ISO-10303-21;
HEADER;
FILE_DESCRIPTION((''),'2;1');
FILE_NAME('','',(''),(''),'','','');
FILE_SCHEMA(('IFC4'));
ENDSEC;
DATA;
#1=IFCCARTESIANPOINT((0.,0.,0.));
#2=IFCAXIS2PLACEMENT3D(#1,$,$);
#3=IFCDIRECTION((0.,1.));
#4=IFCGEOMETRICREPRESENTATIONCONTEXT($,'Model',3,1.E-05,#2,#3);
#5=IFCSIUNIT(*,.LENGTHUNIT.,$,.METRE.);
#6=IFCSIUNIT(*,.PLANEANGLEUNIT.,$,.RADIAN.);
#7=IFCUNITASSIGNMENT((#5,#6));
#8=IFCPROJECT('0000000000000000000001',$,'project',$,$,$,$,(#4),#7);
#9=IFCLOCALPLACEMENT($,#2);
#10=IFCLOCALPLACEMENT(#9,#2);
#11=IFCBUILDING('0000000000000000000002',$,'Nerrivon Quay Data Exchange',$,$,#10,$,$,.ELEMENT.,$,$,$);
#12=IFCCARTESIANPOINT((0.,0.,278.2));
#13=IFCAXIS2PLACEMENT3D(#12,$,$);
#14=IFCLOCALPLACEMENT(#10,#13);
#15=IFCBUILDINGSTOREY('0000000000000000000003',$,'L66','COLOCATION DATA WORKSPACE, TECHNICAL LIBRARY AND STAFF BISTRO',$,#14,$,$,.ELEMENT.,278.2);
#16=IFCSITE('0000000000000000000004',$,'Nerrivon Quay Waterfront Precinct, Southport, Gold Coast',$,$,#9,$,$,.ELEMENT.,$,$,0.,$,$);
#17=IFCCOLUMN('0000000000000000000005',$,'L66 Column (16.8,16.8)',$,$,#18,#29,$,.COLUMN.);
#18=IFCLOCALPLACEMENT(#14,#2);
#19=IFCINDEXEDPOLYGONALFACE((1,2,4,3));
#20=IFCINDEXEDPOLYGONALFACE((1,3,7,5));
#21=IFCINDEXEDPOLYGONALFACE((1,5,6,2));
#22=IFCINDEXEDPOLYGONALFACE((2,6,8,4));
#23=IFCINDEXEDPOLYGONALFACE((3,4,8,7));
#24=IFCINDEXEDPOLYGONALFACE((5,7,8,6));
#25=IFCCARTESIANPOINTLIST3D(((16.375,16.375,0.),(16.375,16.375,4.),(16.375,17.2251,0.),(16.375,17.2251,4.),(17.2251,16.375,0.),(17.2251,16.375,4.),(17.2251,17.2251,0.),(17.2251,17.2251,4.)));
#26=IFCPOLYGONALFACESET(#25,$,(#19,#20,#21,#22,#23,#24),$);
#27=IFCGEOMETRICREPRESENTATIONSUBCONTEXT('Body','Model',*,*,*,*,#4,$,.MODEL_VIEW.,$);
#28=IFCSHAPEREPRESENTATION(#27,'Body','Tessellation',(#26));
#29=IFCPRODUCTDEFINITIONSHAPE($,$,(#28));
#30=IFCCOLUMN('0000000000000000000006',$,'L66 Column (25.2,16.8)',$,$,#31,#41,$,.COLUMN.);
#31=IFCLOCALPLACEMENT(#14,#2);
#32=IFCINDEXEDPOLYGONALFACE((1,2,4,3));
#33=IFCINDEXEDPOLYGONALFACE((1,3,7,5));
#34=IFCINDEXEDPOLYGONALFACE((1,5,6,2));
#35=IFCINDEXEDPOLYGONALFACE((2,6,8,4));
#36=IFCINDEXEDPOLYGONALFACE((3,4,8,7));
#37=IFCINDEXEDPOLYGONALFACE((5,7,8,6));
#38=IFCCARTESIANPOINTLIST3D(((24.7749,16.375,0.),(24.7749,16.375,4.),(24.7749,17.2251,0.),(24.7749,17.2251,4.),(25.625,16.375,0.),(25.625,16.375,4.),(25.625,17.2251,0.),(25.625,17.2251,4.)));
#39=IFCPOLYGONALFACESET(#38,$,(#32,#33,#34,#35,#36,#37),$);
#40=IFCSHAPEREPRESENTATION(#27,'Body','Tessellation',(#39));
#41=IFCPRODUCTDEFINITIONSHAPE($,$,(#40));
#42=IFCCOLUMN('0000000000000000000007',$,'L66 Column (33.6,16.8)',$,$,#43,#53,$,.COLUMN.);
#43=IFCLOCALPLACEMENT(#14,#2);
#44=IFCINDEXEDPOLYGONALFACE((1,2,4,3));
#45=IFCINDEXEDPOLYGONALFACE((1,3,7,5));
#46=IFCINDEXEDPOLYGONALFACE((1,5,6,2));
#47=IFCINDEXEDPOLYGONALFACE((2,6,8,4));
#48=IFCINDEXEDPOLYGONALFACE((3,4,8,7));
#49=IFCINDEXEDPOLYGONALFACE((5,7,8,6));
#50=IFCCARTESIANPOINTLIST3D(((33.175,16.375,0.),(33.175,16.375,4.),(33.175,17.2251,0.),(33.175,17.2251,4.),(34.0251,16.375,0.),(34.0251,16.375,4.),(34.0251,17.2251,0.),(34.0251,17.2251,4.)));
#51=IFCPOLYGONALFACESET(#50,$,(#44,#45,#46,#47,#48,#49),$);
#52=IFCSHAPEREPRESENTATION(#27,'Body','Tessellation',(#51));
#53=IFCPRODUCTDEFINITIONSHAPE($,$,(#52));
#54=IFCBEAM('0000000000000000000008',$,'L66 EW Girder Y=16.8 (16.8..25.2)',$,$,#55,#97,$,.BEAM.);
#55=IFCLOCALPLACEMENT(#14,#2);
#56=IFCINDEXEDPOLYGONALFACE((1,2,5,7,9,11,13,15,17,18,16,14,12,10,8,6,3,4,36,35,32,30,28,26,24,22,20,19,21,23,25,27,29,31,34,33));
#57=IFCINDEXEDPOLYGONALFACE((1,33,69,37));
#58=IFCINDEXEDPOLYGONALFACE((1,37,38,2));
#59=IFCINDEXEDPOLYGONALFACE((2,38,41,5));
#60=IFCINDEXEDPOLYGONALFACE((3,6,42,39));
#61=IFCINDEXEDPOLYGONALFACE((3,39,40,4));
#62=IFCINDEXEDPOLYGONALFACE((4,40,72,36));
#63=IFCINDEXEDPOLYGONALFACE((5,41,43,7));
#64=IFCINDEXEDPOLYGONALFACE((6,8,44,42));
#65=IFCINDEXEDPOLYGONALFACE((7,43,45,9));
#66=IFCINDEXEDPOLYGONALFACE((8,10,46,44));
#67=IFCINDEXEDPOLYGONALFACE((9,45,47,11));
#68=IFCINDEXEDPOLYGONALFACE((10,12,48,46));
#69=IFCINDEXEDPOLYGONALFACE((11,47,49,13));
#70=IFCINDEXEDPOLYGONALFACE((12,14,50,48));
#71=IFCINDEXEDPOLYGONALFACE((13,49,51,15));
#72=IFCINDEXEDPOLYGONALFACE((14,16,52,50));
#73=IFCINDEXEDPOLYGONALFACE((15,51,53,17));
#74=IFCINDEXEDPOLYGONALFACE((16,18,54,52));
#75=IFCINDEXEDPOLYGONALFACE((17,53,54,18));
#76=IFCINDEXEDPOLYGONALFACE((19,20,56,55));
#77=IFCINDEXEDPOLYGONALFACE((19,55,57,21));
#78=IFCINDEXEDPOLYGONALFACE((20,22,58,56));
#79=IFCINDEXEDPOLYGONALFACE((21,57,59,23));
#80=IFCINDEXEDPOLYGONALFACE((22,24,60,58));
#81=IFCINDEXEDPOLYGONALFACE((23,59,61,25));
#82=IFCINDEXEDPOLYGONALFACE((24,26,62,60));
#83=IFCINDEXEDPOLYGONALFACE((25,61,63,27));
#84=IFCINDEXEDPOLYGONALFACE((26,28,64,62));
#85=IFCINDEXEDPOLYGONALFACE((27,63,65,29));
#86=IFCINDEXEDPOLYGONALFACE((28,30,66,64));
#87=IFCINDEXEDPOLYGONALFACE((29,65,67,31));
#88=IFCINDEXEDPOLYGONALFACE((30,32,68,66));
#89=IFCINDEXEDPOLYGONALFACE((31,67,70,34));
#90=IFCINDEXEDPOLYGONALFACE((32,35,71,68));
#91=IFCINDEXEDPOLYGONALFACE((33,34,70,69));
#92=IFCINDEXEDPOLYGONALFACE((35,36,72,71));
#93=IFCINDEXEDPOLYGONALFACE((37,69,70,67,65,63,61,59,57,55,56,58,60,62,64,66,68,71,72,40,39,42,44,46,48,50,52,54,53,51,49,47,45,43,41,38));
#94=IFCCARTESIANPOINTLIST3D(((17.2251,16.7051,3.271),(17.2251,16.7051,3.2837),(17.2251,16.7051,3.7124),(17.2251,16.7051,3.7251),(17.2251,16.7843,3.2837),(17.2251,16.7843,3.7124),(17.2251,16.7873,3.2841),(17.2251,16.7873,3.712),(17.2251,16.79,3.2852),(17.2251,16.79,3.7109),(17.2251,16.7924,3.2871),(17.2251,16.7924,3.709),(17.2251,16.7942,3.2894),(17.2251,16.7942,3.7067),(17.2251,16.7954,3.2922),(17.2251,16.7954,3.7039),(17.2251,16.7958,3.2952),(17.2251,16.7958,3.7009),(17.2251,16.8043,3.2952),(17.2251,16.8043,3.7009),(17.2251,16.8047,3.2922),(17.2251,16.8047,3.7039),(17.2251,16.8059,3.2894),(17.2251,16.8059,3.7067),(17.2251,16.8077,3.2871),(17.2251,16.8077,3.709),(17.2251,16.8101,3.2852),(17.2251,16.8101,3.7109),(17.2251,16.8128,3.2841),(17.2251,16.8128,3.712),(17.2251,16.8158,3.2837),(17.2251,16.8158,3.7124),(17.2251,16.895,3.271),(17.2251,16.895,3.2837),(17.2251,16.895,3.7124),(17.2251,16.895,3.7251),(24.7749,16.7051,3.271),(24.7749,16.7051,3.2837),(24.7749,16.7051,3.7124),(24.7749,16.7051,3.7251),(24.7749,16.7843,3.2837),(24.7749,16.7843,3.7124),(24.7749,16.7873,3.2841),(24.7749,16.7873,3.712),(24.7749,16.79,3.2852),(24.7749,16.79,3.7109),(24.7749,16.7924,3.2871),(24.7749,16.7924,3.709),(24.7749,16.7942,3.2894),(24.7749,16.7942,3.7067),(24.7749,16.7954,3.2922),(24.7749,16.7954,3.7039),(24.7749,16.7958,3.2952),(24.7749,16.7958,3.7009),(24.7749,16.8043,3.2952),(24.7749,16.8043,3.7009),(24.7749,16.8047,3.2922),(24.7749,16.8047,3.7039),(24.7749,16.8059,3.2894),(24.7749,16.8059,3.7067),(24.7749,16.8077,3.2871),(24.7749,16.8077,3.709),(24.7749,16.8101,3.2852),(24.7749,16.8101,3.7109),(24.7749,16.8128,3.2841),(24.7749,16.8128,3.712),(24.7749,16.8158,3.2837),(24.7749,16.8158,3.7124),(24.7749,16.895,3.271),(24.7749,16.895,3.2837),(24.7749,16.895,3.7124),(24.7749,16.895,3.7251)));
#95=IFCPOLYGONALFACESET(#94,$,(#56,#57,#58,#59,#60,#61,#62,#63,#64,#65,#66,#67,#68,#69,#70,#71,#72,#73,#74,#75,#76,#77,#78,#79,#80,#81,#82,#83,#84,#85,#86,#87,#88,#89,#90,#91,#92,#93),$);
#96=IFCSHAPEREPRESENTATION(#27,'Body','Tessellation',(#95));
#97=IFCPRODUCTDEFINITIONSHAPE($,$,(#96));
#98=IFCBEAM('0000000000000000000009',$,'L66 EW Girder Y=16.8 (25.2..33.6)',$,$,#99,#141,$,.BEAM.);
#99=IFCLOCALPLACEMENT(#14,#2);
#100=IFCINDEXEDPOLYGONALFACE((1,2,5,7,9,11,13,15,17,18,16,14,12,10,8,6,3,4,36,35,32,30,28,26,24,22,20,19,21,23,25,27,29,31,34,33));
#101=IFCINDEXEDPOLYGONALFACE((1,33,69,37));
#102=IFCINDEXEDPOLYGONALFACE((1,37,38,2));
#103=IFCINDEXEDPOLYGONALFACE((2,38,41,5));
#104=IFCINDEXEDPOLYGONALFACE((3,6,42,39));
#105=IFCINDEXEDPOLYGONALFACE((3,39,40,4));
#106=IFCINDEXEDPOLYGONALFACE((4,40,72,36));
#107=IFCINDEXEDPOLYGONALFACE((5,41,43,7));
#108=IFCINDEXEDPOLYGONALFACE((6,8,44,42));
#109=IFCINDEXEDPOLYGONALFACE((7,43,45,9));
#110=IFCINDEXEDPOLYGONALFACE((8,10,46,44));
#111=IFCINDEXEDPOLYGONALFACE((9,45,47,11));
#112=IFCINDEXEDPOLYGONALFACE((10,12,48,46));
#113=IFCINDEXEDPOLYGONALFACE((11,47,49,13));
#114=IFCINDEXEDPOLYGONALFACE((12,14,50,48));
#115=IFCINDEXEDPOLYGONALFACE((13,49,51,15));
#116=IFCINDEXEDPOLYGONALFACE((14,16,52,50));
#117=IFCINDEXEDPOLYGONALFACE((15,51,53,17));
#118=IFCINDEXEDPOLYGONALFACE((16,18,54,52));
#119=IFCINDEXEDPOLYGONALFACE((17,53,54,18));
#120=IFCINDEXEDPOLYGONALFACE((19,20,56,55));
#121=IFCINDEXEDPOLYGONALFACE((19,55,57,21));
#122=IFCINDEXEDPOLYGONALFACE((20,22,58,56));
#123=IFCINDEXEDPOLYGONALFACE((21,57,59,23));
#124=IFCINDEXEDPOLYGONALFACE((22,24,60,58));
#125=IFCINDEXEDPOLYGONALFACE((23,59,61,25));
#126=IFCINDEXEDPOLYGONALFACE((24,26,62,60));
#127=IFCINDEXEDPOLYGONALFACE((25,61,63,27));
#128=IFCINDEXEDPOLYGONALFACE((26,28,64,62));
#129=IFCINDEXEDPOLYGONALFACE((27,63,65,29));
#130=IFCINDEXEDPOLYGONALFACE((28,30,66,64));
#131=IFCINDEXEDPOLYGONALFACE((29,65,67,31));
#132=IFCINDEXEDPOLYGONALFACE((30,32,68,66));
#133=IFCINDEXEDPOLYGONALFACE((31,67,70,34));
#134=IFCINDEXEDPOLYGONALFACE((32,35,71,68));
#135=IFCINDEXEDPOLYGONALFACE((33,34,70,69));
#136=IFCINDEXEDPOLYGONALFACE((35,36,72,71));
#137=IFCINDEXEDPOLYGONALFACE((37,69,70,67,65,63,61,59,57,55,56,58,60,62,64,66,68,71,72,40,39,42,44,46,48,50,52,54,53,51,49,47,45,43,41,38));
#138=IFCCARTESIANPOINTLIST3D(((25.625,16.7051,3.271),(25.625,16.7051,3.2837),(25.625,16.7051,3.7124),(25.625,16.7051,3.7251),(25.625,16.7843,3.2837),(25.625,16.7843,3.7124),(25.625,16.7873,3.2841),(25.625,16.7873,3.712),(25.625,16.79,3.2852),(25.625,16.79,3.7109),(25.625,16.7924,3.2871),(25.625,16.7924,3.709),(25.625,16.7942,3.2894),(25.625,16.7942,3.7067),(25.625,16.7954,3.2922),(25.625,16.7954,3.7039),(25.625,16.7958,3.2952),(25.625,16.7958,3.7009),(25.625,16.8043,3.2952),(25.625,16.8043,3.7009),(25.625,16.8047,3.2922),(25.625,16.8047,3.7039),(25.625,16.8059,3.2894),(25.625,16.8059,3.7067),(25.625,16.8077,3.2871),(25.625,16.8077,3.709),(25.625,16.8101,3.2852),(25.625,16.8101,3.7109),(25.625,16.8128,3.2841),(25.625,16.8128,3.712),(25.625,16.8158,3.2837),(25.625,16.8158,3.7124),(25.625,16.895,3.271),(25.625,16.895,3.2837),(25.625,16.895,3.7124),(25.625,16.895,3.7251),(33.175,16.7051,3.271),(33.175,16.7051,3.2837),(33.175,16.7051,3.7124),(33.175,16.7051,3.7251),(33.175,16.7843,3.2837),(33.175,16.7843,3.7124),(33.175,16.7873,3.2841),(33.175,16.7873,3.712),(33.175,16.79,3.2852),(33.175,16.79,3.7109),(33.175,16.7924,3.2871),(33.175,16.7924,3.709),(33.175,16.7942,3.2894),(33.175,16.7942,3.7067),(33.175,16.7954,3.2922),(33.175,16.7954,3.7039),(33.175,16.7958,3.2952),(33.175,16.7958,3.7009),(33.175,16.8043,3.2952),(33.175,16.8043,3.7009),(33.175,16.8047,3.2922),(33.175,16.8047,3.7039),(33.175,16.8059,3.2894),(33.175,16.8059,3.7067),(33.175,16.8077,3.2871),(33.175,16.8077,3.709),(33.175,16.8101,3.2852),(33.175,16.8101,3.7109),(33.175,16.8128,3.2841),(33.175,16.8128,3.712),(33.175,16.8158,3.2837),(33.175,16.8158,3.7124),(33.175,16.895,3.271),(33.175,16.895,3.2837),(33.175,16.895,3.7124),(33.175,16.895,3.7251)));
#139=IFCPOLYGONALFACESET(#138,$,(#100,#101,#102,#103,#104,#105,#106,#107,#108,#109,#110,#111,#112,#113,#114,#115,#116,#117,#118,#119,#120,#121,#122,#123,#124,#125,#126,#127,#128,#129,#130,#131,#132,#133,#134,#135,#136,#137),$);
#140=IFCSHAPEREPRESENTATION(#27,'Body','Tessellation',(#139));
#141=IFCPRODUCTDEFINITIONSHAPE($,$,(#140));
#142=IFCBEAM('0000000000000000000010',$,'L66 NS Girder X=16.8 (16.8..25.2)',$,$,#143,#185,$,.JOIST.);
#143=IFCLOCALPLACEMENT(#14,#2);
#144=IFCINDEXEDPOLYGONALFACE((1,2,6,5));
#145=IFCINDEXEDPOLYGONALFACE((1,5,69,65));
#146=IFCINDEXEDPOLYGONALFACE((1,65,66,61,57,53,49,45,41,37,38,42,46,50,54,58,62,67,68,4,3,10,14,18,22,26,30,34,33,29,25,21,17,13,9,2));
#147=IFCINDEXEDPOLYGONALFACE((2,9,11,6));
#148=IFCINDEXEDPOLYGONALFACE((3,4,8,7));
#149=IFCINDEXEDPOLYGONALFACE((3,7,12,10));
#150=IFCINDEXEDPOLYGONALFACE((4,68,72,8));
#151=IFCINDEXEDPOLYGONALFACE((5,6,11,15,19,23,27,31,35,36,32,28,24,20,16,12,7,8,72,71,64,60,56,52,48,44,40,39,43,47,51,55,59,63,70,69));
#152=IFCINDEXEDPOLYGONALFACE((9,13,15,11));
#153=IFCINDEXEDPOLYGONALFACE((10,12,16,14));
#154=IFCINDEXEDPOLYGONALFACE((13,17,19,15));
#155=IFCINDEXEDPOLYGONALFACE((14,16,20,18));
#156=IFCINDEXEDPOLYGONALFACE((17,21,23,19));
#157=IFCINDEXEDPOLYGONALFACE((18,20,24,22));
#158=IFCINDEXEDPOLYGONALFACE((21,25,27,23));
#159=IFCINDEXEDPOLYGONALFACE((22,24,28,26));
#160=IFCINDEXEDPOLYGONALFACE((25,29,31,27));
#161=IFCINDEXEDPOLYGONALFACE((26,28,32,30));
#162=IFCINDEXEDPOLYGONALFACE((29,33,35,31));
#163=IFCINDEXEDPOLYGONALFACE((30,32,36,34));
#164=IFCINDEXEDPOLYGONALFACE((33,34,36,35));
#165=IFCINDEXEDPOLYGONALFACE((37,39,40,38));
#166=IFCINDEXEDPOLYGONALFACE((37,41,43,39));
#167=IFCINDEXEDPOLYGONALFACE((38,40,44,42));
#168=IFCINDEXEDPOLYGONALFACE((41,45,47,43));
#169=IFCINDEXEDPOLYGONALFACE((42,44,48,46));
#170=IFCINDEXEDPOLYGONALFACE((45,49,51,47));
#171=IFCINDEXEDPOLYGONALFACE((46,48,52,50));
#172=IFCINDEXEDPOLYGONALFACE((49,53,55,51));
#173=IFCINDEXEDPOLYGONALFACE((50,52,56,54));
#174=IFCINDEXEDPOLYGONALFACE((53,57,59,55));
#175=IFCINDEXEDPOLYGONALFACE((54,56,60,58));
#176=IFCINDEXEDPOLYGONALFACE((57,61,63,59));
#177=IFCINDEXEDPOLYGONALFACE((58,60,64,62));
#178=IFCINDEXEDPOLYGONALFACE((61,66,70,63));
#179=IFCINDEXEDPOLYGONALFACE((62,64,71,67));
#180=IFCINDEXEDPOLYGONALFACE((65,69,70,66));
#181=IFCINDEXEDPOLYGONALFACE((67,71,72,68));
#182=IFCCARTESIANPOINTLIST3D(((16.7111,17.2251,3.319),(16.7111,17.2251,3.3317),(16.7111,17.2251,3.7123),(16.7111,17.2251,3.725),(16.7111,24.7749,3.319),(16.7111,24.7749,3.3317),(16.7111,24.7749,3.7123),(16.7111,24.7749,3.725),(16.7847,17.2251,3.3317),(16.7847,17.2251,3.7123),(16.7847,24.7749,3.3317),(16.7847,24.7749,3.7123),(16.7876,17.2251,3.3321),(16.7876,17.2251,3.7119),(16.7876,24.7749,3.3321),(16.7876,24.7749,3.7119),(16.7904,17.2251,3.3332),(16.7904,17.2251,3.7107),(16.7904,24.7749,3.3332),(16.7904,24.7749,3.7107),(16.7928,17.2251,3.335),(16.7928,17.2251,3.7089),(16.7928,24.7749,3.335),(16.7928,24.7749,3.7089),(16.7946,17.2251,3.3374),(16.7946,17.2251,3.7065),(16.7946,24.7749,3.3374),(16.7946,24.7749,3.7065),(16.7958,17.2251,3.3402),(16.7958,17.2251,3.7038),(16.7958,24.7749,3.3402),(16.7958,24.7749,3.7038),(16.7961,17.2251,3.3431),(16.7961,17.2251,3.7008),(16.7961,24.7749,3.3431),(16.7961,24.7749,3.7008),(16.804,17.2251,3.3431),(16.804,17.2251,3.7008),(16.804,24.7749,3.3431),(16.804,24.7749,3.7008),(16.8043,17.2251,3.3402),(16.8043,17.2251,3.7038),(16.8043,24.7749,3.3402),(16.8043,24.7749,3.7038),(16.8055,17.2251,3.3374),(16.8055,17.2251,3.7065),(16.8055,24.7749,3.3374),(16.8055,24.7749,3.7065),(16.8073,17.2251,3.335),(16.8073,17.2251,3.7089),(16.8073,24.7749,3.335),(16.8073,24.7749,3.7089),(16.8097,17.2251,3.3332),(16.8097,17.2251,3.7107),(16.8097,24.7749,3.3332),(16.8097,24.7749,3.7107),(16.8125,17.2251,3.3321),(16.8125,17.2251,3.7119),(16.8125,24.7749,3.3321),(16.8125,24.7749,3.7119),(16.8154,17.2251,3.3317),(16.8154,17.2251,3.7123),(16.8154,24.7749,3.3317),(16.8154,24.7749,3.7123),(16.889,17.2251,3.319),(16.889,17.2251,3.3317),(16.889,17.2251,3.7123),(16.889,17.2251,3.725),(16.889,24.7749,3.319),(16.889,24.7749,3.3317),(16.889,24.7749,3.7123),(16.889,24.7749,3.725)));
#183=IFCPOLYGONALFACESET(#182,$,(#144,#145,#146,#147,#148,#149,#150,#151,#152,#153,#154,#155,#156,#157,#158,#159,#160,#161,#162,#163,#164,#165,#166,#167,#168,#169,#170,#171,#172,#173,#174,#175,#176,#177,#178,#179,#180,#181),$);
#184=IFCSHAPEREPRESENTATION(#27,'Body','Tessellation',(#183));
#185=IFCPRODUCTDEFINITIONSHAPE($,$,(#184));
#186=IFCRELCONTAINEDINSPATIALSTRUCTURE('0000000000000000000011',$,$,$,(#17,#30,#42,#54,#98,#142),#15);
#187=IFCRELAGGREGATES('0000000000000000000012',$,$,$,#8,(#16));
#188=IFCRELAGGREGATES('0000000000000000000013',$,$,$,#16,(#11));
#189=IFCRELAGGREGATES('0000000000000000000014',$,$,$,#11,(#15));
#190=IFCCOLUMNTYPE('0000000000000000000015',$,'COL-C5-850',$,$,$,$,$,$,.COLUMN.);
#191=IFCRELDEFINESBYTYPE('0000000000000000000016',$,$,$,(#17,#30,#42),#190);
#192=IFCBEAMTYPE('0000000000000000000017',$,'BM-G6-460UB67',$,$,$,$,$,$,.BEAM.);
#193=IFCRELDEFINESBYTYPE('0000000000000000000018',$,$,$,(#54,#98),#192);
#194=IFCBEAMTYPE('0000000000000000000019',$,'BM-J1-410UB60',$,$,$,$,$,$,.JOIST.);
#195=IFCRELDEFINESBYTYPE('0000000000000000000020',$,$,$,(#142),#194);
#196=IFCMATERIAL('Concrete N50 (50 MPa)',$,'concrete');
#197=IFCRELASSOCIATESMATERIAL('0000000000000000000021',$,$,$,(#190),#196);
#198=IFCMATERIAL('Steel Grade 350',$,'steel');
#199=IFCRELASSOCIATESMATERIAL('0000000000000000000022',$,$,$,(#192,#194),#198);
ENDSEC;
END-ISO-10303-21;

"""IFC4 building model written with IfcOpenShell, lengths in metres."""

from ifc_helpers import new_model, si_unit, direction, frame, origin, origin_2d, place, context, subcontext, project, spatial, rectangle, i_section, extrude, material, material_profile, profile_set, type_object, element, save


model = new_model("IFC4")

# Units and contexts
model_context = context("Model", 3, precision=1e-05, world=origin(), true_north=direction((0.0, 1.0)))
body_context = subcontext(model_context, "Body", "Model", "MODEL_VIEW")
ifc_project = project(units=[si_unit("LENGTHUNIT", "METRE"), si_unit("PLANEANGLEUNIT", "RADIAN")], contexts=[model_context])

# Site, building, storey
site_placement = place(None, origin())
site = spatial("IfcSite", under=ifc_project, at=site_placement, Name="Nerrivon Quay Waterfront Precinct, Southport, Gold Coast", CompositionType="ELEMENT", RefElevation=0.0)
building_placement = place(site_placement, origin())
building = spatial("IfcBuilding", under=site, at=building_placement, Name="Nerrivon Quay Data Exchange", CompositionType="ELEMENT")
storey_placement = place(building_placement, frame((0.0, 0.0, 278.2)))
storey = spatial("IfcBuildingStorey", under=building, at=storey_placement, Name="L66", Description="COLOCATION DATA WORKSPACE, TECHNICAL LIBRARY AND STAFF BISTRO", CompositionType="ELEMENT", Elevation=278.2)

# Columns
ifc_material_1 = material(Name="Concrete N50 (50 MPa)", Category="concrete")
ifc_material_profile_1 = material_profile(ifc_material_1, rectangle(XDim=0.8501, YDim=0.8501, at=origin_2d()), Name="RC-COL-850x850")
ifc_profile_set_1 = profile_set([ifc_material_profile_1], Name="Concrete N50 (50 MPa)")
column_type = type_object("IfcColumnType", Name="COL-C5-850", PredefinedType="COLUMN", material=ifc_profile_set_1)
for number, where, z_axis, x_axis, name in (
    (1, (16.8, 16.8, 0.0), (0.0, 0.0, 1.0), (1.0, 0.0, 0.0), "L66 Column (16.8,16.8)"),
    (2, (25.2, 16.8, 0.0), (0.0, 0.0, 1.0), (1.0, 0.0, 0.0), "L66 Column (25.2,16.8)"),
    (3, (33.6001, 16.8, 0.0), (0.0, 0.0, 1.0), (1.0, 0.0, 0.0), "L66 Column (33.6,16.8)"),
):
    element("IfcColumn", number, at=place(storey_placement, frame(where, z_axis=z_axis, x_axis=x_axis)), inside=storey, type_object=column_type, Name=name, PredefinedType="COLUMN", context=body_context, shape_type="SweptSolid", body=[
        extrude(rectangle(XDim=0.8501, YDim=0.8501, at=origin_2d()), origin(), (0.0, 0.0, 1.0), 4.0),
    ])

# Beams
ifc_material_2 = material(Name="Steel Grade 350", Category="steel")
ifc_material_profile_2 = material_profile(ifc_material_2, i_section(OverallWidth=0.1899, OverallDepth=0.4541, WebThickness=0.0085, FlangeThickness=0.0127, FilletRadius=0.0115, at=origin_2d()), Name="460UB67.1")
ifc_profile_set_2 = profile_set([ifc_material_profile_2], Name="Steel Grade 350")
beam_type_1 = type_object("IfcBeamType", Name="BM-G6-460UB67", PredefinedType="BEAM", material=ifc_profile_set_2)
beam_1_placement = place(storey_placement, frame((17.2251, 16.8, 3.498), z_axis=(1.0, 0.0, 0.0), x_axis=(0.0, 1.0, 0.0)))
element("IfcBeam", 4, at=beam_1_placement, inside=storey, type_object=beam_type_1, Name="L66 EW Girder Y=16.8 (16.8..25.2)", PredefinedType="BEAM", context=body_context, shape_type="SweptSolid", body=[
    extrude(i_section(OverallWidth=0.1899, OverallDepth=0.4541, WebThickness=0.0085, FlangeThickness=0.0127, FilletRadius=0.0115, at=origin_2d()), origin(), (0.0, 0.0, 1.0), 7.5498),
])
beam_2_placement = place(storey_placement, frame((25.625, 16.8, 3.498), z_axis=(1.0, 0.0, 0.0), x_axis=(0.0, 1.0, 0.0)))
element("IfcBeam", 5, at=beam_2_placement, inside=storey, type_object=beam_type_1, Name="L66 EW Girder Y=16.8 (25.2..33.6)", PredefinedType="BEAM", context=body_context, shape_type="SweptSolid", body=[
    extrude(i_section(OverallWidth=0.1899, OverallDepth=0.4541, WebThickness=0.0085, FlangeThickness=0.0127, FilletRadius=0.0115, at=origin_2d()), origin(), (0.0, 0.0, 1.0), 7.55),
])
ifc_material_profile_3 = material_profile(ifc_material_2, i_section(OverallWidth=0.178, OverallDepth=0.406, WebThickness=0.0078, FlangeThickness=0.0127, FilletRadius=0.0115, at=origin_2d()), Name="410UB59.7")
ifc_profile_set_3 = profile_set([ifc_material_profile_3], Name="Steel Grade 350")
beam_type_2 = type_object("IfcBeamType", Name="BM-J1-410UB60", PredefinedType="JOIST", material=ifc_profile_set_3)
beam_3_placement = place(storey_placement, frame((16.8, 17.2251, 3.522), z_axis=(0.0, 1.0, 0.0), x_axis=(-1.0, 0.0, 0.0)))
element("IfcBeam", 6, at=beam_3_placement, inside=storey, type_object=beam_type_2, Name="L66 NS Girder X=16.8 (16.8..25.2)", PredefinedType="JOIST", context=body_context, shape_type="SweptSolid", body=[
    extrude(i_section(OverallWidth=0.178, OverallDepth=0.406, WebThickness=0.0078, FlangeThickness=0.0127, FilletRadius=0.0115, at=origin_2d()), origin(), (0.0, 0.0, 1.0), 7.5498),
])

save(model, "model.ifc")
